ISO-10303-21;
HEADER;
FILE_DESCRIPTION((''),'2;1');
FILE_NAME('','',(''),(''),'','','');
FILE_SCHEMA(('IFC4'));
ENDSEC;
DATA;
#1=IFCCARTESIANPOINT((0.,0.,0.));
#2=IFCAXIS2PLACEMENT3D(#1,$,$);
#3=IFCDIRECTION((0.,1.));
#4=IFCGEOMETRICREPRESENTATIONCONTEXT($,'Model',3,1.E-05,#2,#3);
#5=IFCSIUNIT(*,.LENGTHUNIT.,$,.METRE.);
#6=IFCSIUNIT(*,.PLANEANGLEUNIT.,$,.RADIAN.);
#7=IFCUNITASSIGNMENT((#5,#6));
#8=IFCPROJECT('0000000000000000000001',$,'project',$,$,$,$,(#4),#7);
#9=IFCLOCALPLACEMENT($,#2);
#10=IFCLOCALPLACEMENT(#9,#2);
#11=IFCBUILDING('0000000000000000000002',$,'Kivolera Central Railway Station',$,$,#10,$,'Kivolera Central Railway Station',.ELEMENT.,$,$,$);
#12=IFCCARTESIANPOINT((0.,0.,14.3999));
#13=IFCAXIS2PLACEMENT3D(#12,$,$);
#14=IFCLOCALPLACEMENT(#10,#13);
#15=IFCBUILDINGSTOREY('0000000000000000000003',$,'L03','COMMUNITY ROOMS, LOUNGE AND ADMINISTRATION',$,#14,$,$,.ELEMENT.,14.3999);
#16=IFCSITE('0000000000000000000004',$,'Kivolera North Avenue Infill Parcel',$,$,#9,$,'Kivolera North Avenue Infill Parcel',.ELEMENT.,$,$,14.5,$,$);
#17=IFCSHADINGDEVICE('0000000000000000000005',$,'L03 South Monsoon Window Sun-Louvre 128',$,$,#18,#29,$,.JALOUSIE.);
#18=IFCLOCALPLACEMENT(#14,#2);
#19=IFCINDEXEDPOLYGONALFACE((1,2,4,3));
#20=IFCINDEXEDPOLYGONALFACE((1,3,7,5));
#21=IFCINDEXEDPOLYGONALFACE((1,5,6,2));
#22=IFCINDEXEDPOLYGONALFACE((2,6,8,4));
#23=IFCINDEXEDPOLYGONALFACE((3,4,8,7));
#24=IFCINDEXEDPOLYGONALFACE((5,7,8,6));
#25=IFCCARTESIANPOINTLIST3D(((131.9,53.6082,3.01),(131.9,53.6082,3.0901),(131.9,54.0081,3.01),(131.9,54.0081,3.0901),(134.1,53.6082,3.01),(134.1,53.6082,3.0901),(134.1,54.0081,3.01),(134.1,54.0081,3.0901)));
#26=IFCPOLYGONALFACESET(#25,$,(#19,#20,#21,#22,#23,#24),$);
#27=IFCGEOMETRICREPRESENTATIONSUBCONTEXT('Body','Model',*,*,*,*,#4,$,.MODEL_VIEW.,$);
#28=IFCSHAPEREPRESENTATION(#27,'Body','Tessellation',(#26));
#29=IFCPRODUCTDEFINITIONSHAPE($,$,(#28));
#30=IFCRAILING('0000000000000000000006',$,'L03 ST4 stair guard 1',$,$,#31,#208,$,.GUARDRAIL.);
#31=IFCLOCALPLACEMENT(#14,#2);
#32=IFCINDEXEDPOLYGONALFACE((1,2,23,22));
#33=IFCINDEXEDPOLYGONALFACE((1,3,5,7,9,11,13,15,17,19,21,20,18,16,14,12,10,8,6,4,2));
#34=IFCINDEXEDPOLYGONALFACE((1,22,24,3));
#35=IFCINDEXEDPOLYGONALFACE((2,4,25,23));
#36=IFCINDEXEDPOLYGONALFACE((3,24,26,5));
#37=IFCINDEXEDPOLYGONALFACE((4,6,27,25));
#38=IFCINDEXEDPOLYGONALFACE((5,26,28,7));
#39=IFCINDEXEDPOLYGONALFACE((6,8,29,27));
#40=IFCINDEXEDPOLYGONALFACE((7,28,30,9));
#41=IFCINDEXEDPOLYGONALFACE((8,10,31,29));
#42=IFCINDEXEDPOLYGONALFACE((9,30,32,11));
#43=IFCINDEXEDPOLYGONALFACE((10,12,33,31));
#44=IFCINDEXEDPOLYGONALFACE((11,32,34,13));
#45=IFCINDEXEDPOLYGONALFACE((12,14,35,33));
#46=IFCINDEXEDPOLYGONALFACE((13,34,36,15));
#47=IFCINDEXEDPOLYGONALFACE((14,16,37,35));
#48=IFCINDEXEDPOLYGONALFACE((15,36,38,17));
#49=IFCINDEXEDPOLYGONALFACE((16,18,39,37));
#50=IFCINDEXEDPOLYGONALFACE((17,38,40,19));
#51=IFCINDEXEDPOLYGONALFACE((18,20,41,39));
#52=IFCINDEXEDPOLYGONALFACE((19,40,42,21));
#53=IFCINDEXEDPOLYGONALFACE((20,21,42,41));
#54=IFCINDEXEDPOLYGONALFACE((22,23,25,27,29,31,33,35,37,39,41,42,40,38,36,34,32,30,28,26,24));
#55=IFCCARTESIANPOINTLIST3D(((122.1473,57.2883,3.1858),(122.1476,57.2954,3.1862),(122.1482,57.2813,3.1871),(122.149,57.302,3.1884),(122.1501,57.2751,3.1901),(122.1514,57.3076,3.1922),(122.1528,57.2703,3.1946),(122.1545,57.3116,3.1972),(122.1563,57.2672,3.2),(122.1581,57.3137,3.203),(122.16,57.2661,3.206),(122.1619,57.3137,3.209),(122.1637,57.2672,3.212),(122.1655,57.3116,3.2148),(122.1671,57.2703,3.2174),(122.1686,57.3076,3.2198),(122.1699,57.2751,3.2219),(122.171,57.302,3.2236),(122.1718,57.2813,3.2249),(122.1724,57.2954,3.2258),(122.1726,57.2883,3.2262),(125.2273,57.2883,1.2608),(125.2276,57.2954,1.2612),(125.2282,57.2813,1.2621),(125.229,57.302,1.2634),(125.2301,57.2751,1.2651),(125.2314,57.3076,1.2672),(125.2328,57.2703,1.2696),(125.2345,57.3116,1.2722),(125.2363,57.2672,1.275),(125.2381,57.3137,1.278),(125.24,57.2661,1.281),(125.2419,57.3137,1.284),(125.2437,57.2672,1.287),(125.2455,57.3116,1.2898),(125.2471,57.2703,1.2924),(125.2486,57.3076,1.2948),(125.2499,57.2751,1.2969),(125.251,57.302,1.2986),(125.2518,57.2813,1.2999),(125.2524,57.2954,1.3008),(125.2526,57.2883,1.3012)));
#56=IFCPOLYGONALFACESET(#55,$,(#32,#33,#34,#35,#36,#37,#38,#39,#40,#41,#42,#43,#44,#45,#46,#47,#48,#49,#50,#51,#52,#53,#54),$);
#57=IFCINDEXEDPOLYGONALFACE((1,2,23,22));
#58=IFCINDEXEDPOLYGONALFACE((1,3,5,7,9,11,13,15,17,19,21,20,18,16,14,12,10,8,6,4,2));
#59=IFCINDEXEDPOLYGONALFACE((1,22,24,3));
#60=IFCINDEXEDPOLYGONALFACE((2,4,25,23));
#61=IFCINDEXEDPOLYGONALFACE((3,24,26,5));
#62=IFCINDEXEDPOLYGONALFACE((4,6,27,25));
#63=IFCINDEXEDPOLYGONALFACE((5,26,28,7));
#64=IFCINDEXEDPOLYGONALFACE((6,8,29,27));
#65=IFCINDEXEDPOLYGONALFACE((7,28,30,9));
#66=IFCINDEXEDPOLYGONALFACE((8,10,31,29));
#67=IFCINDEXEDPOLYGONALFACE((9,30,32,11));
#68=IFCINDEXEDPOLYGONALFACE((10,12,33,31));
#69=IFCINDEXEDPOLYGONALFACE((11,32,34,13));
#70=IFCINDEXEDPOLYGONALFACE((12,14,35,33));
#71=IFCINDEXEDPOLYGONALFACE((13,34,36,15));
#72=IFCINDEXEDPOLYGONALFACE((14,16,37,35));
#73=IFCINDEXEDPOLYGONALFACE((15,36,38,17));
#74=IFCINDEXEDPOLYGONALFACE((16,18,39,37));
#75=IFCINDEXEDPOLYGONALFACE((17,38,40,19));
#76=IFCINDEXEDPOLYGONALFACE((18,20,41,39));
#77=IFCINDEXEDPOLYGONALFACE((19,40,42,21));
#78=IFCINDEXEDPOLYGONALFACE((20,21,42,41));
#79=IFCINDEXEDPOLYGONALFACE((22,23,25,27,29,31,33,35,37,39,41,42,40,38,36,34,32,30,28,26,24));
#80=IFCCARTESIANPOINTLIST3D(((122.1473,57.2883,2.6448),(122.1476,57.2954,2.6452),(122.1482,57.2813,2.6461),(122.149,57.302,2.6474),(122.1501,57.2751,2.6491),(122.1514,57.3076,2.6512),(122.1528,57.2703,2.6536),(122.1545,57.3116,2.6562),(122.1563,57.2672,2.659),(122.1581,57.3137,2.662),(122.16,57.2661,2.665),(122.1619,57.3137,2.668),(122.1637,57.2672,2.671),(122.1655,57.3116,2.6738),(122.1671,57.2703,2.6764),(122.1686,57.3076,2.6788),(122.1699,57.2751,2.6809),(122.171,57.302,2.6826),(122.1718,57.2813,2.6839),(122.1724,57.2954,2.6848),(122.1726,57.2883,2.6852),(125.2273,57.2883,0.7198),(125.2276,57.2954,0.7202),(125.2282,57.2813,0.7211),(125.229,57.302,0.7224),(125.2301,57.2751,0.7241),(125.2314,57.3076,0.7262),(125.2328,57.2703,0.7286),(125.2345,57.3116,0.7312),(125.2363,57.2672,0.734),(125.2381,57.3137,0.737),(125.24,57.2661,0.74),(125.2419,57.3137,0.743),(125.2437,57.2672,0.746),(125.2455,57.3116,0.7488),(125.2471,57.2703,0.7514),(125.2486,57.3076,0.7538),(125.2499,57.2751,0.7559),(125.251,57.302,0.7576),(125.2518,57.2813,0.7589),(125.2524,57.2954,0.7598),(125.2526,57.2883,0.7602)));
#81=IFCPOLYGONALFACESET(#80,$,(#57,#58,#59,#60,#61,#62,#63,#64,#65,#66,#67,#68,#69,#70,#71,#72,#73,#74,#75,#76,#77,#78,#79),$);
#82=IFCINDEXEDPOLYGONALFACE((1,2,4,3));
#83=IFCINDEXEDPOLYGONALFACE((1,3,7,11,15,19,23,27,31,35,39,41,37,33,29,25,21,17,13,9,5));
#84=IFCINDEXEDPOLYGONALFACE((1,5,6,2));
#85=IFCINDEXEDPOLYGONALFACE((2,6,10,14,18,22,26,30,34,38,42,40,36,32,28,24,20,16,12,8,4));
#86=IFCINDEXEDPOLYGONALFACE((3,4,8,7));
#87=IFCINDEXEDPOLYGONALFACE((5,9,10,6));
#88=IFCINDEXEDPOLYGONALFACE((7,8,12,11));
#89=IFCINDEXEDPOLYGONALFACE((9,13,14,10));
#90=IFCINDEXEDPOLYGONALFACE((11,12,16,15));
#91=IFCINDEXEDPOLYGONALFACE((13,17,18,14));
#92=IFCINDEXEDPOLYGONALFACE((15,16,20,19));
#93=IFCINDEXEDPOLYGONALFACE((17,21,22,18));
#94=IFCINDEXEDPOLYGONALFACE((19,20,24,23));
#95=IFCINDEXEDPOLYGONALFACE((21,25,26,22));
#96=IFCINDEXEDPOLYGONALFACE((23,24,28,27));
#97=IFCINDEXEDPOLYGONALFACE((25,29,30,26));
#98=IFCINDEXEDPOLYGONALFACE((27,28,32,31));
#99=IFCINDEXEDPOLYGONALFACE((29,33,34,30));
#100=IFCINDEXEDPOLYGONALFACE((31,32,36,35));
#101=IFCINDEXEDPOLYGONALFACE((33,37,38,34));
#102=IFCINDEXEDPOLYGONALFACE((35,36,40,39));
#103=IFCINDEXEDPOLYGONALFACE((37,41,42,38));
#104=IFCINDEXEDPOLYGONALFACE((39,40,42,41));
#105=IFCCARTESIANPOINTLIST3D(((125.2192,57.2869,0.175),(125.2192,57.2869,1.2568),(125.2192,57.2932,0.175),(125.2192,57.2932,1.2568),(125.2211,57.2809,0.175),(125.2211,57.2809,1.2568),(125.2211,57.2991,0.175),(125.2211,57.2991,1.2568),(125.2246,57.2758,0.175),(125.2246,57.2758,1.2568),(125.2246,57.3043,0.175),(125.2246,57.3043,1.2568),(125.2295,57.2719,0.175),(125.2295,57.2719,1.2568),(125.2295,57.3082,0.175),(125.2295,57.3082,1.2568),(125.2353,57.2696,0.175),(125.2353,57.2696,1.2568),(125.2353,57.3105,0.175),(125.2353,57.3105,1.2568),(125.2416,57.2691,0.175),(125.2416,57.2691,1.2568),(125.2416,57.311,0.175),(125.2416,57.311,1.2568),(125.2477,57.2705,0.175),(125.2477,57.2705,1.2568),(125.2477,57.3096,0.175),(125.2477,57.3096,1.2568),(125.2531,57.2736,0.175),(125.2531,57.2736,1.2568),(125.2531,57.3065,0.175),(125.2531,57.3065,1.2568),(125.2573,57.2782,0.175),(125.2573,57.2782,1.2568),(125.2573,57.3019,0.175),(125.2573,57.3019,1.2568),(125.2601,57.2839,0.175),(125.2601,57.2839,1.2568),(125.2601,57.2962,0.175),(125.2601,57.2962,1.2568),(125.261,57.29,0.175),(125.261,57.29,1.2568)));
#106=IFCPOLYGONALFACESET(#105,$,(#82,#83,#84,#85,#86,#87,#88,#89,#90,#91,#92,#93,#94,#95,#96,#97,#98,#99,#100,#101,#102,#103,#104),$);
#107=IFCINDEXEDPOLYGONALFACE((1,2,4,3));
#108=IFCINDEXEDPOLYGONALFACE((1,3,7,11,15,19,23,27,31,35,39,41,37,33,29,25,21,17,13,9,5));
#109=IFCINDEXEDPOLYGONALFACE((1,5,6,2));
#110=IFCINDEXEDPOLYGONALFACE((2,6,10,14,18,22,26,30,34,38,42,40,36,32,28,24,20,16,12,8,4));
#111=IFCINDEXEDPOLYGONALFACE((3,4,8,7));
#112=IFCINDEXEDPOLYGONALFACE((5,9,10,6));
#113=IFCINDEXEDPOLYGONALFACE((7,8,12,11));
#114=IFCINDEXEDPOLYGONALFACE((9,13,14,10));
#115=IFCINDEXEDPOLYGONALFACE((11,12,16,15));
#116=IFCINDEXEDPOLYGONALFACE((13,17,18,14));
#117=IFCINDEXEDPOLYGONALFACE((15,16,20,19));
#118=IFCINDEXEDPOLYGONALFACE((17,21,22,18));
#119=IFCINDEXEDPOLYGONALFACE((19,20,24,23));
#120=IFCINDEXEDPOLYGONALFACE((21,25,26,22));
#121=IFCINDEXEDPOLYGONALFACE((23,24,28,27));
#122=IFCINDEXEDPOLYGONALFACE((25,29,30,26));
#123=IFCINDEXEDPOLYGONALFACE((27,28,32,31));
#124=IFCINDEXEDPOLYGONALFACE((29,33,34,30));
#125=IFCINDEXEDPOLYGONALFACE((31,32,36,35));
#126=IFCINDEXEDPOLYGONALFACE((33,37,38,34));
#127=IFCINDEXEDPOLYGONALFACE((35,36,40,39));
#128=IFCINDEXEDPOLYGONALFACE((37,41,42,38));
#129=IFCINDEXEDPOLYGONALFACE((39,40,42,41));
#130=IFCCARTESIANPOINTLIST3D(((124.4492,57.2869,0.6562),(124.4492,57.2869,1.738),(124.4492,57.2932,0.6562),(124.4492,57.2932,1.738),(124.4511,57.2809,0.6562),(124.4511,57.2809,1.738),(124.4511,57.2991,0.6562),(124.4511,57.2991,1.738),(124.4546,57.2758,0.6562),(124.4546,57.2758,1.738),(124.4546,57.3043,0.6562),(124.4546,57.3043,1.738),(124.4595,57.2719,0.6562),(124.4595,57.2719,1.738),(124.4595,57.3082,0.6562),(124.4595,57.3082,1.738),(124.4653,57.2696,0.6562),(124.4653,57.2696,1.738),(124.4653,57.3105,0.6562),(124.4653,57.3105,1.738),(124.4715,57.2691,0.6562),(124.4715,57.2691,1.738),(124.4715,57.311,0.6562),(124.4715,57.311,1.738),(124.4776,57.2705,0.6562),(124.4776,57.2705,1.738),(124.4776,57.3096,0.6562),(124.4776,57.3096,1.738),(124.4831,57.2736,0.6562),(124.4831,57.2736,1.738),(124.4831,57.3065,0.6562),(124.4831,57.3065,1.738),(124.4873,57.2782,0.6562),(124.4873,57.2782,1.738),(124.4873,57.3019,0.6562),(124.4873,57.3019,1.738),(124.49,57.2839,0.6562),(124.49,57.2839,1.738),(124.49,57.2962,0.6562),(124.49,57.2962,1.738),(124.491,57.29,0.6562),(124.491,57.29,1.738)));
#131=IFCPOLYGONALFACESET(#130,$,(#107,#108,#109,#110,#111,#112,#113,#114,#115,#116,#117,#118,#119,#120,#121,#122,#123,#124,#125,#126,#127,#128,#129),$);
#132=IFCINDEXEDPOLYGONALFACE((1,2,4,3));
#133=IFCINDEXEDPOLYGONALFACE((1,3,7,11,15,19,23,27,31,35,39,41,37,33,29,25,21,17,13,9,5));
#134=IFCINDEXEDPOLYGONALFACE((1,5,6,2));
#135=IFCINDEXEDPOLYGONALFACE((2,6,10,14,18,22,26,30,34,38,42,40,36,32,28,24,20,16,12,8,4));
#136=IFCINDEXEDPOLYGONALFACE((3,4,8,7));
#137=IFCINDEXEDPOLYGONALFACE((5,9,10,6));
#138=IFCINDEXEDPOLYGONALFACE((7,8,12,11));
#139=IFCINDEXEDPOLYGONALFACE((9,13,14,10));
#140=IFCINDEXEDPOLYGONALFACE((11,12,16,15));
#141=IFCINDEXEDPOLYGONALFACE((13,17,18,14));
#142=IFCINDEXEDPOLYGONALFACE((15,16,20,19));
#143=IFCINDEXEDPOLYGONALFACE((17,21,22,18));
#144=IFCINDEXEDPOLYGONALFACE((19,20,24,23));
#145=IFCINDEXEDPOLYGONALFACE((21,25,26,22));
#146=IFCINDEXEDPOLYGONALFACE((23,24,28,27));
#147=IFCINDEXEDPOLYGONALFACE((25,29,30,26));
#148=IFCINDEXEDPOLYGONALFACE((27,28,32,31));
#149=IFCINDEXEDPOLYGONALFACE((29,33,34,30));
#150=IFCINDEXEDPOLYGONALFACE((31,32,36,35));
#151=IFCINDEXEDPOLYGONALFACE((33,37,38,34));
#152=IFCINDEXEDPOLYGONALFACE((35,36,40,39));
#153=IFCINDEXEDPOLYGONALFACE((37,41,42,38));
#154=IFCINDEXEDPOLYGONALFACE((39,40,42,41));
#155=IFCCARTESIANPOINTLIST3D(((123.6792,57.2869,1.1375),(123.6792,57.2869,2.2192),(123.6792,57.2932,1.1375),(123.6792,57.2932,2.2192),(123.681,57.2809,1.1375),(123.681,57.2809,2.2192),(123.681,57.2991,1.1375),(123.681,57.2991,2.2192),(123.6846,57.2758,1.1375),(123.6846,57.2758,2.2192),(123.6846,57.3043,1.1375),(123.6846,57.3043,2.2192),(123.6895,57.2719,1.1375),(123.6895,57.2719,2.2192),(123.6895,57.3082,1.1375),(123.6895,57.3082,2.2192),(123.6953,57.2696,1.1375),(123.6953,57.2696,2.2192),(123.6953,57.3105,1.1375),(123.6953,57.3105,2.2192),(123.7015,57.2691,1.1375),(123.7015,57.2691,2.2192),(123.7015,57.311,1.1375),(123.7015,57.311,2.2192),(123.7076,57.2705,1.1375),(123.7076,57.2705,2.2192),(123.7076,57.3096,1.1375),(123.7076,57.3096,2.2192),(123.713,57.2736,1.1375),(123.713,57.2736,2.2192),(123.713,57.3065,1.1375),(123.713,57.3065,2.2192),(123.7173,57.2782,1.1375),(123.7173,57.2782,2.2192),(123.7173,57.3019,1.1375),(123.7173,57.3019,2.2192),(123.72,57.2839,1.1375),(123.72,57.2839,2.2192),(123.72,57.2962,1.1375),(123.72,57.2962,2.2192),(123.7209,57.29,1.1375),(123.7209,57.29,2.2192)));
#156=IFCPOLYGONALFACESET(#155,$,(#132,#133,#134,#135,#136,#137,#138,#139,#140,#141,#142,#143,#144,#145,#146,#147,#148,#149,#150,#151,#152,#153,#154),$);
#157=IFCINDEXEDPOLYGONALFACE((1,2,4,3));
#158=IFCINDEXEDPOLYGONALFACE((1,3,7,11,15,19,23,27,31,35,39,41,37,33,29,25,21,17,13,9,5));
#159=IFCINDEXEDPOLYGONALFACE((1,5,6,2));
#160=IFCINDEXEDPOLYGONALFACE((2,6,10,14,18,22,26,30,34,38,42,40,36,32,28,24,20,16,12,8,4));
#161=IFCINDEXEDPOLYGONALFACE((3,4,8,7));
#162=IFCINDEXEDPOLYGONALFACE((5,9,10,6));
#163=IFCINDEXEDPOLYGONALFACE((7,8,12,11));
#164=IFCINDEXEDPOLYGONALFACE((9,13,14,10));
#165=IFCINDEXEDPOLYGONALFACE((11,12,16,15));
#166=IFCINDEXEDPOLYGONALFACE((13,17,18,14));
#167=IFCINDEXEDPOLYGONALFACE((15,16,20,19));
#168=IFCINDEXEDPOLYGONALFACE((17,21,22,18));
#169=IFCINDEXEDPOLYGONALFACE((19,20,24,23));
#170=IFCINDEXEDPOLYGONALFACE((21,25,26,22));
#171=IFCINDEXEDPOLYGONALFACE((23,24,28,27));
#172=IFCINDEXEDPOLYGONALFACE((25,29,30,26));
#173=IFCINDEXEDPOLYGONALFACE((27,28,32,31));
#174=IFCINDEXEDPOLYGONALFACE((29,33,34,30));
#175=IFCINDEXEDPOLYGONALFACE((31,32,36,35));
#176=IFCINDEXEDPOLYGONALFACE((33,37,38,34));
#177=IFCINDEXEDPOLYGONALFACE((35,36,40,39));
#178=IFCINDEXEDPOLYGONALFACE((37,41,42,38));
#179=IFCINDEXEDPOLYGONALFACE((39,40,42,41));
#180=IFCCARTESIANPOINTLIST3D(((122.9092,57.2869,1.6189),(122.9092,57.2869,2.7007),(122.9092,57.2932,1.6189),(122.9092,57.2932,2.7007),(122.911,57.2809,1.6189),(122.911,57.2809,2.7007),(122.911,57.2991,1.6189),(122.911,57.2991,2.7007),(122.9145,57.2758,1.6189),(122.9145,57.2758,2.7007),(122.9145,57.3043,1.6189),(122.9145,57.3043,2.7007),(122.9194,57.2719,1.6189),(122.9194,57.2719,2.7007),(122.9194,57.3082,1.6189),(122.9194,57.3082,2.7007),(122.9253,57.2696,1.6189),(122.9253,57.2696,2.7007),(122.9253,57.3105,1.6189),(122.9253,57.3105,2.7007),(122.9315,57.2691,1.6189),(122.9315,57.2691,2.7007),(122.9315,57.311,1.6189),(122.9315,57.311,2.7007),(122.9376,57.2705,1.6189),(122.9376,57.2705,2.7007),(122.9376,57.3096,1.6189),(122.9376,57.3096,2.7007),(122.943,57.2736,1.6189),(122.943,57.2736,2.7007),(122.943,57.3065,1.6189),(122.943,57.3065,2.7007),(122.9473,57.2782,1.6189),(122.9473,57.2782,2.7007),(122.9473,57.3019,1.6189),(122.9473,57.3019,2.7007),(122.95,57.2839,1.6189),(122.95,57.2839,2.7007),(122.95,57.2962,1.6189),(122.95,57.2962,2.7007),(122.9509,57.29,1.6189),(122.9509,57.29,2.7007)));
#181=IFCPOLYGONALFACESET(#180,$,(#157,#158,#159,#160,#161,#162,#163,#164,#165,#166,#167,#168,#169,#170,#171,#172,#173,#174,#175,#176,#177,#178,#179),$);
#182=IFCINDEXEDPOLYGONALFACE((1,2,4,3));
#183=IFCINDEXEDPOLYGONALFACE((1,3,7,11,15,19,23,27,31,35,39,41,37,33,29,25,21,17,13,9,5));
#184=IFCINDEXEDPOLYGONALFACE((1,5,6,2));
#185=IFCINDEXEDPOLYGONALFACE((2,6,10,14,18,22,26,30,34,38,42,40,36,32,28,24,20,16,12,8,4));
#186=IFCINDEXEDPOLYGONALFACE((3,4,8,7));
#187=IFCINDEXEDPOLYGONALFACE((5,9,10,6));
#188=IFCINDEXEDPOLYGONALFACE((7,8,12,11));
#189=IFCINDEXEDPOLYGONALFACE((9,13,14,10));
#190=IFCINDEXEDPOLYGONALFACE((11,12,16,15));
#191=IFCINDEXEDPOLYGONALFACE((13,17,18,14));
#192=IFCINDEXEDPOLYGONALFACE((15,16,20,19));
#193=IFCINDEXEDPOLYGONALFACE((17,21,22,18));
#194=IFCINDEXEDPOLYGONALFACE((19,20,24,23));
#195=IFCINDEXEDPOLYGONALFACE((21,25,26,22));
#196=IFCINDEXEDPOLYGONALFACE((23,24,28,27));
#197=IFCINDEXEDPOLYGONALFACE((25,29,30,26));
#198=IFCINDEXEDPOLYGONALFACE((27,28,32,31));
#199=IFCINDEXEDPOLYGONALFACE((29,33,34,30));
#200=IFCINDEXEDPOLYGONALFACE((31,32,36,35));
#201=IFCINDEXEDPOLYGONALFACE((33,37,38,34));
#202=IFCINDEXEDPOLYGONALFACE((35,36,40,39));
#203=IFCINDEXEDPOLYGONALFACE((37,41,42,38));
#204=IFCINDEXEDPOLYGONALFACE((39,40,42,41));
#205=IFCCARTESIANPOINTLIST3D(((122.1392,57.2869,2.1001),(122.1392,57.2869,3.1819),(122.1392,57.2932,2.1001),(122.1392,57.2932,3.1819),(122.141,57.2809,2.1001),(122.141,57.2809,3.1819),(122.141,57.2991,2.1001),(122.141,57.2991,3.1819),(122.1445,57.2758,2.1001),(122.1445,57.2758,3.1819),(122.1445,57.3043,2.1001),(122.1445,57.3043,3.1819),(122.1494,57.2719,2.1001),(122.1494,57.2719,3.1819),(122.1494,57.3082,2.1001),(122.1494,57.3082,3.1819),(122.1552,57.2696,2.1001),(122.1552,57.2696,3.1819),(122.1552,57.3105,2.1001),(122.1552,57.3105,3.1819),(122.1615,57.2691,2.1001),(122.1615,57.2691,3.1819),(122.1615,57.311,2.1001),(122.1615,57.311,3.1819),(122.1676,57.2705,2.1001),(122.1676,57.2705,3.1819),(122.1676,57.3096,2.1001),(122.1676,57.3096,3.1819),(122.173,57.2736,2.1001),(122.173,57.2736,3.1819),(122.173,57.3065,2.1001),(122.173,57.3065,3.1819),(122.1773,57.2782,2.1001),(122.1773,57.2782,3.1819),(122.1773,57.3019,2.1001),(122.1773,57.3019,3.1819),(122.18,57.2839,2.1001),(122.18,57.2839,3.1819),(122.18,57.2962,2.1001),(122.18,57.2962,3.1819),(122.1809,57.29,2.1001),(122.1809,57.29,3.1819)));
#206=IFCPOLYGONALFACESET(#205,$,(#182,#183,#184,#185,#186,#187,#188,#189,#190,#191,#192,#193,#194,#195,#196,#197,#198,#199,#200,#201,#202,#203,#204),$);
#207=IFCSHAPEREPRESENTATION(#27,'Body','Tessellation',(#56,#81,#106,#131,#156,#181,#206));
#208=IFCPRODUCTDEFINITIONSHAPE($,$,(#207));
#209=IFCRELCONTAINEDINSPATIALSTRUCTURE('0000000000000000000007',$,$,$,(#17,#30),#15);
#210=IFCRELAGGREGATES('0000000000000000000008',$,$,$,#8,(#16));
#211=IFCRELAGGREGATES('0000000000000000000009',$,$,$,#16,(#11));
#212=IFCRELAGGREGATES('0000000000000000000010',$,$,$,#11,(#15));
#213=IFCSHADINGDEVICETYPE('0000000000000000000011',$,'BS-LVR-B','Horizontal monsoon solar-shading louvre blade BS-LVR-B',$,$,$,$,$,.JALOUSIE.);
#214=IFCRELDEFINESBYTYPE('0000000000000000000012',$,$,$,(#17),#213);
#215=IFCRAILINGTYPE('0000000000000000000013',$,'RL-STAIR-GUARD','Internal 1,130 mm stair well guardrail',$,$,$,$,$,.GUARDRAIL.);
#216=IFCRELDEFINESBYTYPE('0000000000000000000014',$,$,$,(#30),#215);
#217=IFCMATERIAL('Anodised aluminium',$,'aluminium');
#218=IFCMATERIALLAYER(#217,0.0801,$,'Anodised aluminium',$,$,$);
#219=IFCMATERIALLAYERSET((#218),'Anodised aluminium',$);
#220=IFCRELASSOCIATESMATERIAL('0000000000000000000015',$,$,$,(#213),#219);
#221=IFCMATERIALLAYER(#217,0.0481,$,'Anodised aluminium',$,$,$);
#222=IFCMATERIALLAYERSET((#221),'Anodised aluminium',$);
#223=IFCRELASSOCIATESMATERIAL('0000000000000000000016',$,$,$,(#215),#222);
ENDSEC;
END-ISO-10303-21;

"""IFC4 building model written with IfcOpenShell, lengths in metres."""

from ifc_helpers import new_model, si_unit, direction, frame, origin, origin_2d, place, context, subcontext, project, spatial, rectangle, circle, extrude, material, layer, layer_set, type_object, element, save


model = new_model("IFC4")

# Units and contexts
model_context = context("Model", 3, precision=1e-05, world=origin(), true_north=direction((0.0, 1.0)))
body_context = subcontext(model_context, "Body", "Model", "MODEL_VIEW")
ifc_project = project(units=[si_unit("LENGTHUNIT", "METRE"), si_unit("PLANEANGLEUNIT", "RADIAN")], contexts=[model_context])

# Site, building, storey
site_placement = place(None, origin())
site = spatial("IfcSite", under=ifc_project, at=site_placement, Name="Kivolera North Avenue Infill Parcel", LongName="Kivolera North Avenue Infill Parcel", CompositionType="ELEMENT", RefElevation=14.5)
building_placement = place(site_placement, origin())
building = spatial("IfcBuilding", under=site, at=building_placement, Name="Kivolera Central Railway Station", LongName="Kivolera Central Railway Station", CompositionType="ELEMENT")
storey_placement = place(building_placement, frame((0.0, 0.0, 14.3999)))
storey = spatial("IfcBuildingStorey", under=building, at=storey_placement, Name="L03", Description="COMMUNITY ROOMS, LOUNGE AND ADMINISTRATION", CompositionType="ELEMENT", Elevation=14.3999)

# Shading device
ifc_material_1 = material(Name="Anodised aluminium", Category="aluminium")
ifc_layer_1 = layer(ifc_material_1, 0.0801, Name="Anodised aluminium")
ifc_layer_set_1 = layer_set([ifc_layer_1], Name="Anodised aluminium")
shading_device_type = type_object("IfcShadingDeviceType", Name="BS-LVR-B", Description="Horizontal monsoon solar-shading louvre blade BS-LVR-B", PredefinedType="JALOUSIE", material=ifc_layer_set_1)
shading_device_placement = place(storey_placement, frame((133.0, 53.8081, 3.01), z_axis=(0.0, 0.0, 1.0), x_axis=(1.0, 0.0, 0.0)))
element("IfcShadingDevice", 1, at=shading_device_placement, inside=storey, type_object=shading_device_type, Name="L03 South Monsoon Window Sun-Louvre 128", PredefinedType="JALOUSIE", context=body_context, shape_type="SweptSolid", body=[
    extrude(rectangle(XDim=2.2, YDim=0.3999, at=origin_2d()), origin(), (0.0, 0.0, 1.0), 0.0801),
])

# Railing
ifc_layer_2 = layer(ifc_material_1, 0.0481, Name="Anodised aluminium")
ifc_layer_set_2 = layer_set([ifc_layer_2], Name="Anodised aluminium")
railing_type_1 = type_object("IfcRailingType", Name="RL-STAIR-GUARD", Description="Internal 1,130 mm stair well guardrail", PredefinedType="GUARDRAIL", material=ifc_layer_set_2)
railing_1_placement = place(storey_placement, frame((125.24, 57.29, 0.175)))
element("IfcRailing", 2, at=railing_1_placement, inside=storey, type_object=railing_type_1, Name="L03 ST4 stair guard 1", PredefinedType="GUARDRAIL", context=body_context, shape_type="SweptSolid", body=[
    extrude(circle(Radius=0.0239, at=origin_2d()), frame((0.0, 0.0, 1.106), z_axis=(-0.847998, 0.0, 0.529999), x_axis=(0.0, -1.0, 0.0)), (0.0, 0.0, 1.0), 3.6321),
    extrude(circle(Radius=0.0239, at=origin_2d()), frame((0.0, 0.0, 0.5649), z_axis=(-0.847998, 0.0, 0.529999), x_axis=(0.0, -1.0, 0.0)), (0.0, 0.0, 1.0), 3.6321),
    extrude(circle(Radius=0.021, at=origin_2d()), origin(), (0.0, 0.0, 1.0), 1.0818),
    extrude(circle(Radius=0.021, at=origin_2d()), frame((-0.77, 0.0, 0.4812)), (0.0, 0.0, 1.0), 1.0818),
    extrude(circle(Radius=0.021, at=origin_2d()), frame((-1.54, 0.0, 0.9624)), (0.0, 0.0, 1.0), 1.0818),
    extrude(circle(Radius=0.021, at=origin_2d()), frame((-2.3101, 0.0, 1.4438)), (0.0, 0.0, 1.0), 1.0818),
    extrude(circle(Radius=0.021, at=origin_2d()), frame((-3.0801, 0.0, 1.925)), (0.0, 0.0, 1.0), 1.0818),
])

save(model, "model.ifc")
